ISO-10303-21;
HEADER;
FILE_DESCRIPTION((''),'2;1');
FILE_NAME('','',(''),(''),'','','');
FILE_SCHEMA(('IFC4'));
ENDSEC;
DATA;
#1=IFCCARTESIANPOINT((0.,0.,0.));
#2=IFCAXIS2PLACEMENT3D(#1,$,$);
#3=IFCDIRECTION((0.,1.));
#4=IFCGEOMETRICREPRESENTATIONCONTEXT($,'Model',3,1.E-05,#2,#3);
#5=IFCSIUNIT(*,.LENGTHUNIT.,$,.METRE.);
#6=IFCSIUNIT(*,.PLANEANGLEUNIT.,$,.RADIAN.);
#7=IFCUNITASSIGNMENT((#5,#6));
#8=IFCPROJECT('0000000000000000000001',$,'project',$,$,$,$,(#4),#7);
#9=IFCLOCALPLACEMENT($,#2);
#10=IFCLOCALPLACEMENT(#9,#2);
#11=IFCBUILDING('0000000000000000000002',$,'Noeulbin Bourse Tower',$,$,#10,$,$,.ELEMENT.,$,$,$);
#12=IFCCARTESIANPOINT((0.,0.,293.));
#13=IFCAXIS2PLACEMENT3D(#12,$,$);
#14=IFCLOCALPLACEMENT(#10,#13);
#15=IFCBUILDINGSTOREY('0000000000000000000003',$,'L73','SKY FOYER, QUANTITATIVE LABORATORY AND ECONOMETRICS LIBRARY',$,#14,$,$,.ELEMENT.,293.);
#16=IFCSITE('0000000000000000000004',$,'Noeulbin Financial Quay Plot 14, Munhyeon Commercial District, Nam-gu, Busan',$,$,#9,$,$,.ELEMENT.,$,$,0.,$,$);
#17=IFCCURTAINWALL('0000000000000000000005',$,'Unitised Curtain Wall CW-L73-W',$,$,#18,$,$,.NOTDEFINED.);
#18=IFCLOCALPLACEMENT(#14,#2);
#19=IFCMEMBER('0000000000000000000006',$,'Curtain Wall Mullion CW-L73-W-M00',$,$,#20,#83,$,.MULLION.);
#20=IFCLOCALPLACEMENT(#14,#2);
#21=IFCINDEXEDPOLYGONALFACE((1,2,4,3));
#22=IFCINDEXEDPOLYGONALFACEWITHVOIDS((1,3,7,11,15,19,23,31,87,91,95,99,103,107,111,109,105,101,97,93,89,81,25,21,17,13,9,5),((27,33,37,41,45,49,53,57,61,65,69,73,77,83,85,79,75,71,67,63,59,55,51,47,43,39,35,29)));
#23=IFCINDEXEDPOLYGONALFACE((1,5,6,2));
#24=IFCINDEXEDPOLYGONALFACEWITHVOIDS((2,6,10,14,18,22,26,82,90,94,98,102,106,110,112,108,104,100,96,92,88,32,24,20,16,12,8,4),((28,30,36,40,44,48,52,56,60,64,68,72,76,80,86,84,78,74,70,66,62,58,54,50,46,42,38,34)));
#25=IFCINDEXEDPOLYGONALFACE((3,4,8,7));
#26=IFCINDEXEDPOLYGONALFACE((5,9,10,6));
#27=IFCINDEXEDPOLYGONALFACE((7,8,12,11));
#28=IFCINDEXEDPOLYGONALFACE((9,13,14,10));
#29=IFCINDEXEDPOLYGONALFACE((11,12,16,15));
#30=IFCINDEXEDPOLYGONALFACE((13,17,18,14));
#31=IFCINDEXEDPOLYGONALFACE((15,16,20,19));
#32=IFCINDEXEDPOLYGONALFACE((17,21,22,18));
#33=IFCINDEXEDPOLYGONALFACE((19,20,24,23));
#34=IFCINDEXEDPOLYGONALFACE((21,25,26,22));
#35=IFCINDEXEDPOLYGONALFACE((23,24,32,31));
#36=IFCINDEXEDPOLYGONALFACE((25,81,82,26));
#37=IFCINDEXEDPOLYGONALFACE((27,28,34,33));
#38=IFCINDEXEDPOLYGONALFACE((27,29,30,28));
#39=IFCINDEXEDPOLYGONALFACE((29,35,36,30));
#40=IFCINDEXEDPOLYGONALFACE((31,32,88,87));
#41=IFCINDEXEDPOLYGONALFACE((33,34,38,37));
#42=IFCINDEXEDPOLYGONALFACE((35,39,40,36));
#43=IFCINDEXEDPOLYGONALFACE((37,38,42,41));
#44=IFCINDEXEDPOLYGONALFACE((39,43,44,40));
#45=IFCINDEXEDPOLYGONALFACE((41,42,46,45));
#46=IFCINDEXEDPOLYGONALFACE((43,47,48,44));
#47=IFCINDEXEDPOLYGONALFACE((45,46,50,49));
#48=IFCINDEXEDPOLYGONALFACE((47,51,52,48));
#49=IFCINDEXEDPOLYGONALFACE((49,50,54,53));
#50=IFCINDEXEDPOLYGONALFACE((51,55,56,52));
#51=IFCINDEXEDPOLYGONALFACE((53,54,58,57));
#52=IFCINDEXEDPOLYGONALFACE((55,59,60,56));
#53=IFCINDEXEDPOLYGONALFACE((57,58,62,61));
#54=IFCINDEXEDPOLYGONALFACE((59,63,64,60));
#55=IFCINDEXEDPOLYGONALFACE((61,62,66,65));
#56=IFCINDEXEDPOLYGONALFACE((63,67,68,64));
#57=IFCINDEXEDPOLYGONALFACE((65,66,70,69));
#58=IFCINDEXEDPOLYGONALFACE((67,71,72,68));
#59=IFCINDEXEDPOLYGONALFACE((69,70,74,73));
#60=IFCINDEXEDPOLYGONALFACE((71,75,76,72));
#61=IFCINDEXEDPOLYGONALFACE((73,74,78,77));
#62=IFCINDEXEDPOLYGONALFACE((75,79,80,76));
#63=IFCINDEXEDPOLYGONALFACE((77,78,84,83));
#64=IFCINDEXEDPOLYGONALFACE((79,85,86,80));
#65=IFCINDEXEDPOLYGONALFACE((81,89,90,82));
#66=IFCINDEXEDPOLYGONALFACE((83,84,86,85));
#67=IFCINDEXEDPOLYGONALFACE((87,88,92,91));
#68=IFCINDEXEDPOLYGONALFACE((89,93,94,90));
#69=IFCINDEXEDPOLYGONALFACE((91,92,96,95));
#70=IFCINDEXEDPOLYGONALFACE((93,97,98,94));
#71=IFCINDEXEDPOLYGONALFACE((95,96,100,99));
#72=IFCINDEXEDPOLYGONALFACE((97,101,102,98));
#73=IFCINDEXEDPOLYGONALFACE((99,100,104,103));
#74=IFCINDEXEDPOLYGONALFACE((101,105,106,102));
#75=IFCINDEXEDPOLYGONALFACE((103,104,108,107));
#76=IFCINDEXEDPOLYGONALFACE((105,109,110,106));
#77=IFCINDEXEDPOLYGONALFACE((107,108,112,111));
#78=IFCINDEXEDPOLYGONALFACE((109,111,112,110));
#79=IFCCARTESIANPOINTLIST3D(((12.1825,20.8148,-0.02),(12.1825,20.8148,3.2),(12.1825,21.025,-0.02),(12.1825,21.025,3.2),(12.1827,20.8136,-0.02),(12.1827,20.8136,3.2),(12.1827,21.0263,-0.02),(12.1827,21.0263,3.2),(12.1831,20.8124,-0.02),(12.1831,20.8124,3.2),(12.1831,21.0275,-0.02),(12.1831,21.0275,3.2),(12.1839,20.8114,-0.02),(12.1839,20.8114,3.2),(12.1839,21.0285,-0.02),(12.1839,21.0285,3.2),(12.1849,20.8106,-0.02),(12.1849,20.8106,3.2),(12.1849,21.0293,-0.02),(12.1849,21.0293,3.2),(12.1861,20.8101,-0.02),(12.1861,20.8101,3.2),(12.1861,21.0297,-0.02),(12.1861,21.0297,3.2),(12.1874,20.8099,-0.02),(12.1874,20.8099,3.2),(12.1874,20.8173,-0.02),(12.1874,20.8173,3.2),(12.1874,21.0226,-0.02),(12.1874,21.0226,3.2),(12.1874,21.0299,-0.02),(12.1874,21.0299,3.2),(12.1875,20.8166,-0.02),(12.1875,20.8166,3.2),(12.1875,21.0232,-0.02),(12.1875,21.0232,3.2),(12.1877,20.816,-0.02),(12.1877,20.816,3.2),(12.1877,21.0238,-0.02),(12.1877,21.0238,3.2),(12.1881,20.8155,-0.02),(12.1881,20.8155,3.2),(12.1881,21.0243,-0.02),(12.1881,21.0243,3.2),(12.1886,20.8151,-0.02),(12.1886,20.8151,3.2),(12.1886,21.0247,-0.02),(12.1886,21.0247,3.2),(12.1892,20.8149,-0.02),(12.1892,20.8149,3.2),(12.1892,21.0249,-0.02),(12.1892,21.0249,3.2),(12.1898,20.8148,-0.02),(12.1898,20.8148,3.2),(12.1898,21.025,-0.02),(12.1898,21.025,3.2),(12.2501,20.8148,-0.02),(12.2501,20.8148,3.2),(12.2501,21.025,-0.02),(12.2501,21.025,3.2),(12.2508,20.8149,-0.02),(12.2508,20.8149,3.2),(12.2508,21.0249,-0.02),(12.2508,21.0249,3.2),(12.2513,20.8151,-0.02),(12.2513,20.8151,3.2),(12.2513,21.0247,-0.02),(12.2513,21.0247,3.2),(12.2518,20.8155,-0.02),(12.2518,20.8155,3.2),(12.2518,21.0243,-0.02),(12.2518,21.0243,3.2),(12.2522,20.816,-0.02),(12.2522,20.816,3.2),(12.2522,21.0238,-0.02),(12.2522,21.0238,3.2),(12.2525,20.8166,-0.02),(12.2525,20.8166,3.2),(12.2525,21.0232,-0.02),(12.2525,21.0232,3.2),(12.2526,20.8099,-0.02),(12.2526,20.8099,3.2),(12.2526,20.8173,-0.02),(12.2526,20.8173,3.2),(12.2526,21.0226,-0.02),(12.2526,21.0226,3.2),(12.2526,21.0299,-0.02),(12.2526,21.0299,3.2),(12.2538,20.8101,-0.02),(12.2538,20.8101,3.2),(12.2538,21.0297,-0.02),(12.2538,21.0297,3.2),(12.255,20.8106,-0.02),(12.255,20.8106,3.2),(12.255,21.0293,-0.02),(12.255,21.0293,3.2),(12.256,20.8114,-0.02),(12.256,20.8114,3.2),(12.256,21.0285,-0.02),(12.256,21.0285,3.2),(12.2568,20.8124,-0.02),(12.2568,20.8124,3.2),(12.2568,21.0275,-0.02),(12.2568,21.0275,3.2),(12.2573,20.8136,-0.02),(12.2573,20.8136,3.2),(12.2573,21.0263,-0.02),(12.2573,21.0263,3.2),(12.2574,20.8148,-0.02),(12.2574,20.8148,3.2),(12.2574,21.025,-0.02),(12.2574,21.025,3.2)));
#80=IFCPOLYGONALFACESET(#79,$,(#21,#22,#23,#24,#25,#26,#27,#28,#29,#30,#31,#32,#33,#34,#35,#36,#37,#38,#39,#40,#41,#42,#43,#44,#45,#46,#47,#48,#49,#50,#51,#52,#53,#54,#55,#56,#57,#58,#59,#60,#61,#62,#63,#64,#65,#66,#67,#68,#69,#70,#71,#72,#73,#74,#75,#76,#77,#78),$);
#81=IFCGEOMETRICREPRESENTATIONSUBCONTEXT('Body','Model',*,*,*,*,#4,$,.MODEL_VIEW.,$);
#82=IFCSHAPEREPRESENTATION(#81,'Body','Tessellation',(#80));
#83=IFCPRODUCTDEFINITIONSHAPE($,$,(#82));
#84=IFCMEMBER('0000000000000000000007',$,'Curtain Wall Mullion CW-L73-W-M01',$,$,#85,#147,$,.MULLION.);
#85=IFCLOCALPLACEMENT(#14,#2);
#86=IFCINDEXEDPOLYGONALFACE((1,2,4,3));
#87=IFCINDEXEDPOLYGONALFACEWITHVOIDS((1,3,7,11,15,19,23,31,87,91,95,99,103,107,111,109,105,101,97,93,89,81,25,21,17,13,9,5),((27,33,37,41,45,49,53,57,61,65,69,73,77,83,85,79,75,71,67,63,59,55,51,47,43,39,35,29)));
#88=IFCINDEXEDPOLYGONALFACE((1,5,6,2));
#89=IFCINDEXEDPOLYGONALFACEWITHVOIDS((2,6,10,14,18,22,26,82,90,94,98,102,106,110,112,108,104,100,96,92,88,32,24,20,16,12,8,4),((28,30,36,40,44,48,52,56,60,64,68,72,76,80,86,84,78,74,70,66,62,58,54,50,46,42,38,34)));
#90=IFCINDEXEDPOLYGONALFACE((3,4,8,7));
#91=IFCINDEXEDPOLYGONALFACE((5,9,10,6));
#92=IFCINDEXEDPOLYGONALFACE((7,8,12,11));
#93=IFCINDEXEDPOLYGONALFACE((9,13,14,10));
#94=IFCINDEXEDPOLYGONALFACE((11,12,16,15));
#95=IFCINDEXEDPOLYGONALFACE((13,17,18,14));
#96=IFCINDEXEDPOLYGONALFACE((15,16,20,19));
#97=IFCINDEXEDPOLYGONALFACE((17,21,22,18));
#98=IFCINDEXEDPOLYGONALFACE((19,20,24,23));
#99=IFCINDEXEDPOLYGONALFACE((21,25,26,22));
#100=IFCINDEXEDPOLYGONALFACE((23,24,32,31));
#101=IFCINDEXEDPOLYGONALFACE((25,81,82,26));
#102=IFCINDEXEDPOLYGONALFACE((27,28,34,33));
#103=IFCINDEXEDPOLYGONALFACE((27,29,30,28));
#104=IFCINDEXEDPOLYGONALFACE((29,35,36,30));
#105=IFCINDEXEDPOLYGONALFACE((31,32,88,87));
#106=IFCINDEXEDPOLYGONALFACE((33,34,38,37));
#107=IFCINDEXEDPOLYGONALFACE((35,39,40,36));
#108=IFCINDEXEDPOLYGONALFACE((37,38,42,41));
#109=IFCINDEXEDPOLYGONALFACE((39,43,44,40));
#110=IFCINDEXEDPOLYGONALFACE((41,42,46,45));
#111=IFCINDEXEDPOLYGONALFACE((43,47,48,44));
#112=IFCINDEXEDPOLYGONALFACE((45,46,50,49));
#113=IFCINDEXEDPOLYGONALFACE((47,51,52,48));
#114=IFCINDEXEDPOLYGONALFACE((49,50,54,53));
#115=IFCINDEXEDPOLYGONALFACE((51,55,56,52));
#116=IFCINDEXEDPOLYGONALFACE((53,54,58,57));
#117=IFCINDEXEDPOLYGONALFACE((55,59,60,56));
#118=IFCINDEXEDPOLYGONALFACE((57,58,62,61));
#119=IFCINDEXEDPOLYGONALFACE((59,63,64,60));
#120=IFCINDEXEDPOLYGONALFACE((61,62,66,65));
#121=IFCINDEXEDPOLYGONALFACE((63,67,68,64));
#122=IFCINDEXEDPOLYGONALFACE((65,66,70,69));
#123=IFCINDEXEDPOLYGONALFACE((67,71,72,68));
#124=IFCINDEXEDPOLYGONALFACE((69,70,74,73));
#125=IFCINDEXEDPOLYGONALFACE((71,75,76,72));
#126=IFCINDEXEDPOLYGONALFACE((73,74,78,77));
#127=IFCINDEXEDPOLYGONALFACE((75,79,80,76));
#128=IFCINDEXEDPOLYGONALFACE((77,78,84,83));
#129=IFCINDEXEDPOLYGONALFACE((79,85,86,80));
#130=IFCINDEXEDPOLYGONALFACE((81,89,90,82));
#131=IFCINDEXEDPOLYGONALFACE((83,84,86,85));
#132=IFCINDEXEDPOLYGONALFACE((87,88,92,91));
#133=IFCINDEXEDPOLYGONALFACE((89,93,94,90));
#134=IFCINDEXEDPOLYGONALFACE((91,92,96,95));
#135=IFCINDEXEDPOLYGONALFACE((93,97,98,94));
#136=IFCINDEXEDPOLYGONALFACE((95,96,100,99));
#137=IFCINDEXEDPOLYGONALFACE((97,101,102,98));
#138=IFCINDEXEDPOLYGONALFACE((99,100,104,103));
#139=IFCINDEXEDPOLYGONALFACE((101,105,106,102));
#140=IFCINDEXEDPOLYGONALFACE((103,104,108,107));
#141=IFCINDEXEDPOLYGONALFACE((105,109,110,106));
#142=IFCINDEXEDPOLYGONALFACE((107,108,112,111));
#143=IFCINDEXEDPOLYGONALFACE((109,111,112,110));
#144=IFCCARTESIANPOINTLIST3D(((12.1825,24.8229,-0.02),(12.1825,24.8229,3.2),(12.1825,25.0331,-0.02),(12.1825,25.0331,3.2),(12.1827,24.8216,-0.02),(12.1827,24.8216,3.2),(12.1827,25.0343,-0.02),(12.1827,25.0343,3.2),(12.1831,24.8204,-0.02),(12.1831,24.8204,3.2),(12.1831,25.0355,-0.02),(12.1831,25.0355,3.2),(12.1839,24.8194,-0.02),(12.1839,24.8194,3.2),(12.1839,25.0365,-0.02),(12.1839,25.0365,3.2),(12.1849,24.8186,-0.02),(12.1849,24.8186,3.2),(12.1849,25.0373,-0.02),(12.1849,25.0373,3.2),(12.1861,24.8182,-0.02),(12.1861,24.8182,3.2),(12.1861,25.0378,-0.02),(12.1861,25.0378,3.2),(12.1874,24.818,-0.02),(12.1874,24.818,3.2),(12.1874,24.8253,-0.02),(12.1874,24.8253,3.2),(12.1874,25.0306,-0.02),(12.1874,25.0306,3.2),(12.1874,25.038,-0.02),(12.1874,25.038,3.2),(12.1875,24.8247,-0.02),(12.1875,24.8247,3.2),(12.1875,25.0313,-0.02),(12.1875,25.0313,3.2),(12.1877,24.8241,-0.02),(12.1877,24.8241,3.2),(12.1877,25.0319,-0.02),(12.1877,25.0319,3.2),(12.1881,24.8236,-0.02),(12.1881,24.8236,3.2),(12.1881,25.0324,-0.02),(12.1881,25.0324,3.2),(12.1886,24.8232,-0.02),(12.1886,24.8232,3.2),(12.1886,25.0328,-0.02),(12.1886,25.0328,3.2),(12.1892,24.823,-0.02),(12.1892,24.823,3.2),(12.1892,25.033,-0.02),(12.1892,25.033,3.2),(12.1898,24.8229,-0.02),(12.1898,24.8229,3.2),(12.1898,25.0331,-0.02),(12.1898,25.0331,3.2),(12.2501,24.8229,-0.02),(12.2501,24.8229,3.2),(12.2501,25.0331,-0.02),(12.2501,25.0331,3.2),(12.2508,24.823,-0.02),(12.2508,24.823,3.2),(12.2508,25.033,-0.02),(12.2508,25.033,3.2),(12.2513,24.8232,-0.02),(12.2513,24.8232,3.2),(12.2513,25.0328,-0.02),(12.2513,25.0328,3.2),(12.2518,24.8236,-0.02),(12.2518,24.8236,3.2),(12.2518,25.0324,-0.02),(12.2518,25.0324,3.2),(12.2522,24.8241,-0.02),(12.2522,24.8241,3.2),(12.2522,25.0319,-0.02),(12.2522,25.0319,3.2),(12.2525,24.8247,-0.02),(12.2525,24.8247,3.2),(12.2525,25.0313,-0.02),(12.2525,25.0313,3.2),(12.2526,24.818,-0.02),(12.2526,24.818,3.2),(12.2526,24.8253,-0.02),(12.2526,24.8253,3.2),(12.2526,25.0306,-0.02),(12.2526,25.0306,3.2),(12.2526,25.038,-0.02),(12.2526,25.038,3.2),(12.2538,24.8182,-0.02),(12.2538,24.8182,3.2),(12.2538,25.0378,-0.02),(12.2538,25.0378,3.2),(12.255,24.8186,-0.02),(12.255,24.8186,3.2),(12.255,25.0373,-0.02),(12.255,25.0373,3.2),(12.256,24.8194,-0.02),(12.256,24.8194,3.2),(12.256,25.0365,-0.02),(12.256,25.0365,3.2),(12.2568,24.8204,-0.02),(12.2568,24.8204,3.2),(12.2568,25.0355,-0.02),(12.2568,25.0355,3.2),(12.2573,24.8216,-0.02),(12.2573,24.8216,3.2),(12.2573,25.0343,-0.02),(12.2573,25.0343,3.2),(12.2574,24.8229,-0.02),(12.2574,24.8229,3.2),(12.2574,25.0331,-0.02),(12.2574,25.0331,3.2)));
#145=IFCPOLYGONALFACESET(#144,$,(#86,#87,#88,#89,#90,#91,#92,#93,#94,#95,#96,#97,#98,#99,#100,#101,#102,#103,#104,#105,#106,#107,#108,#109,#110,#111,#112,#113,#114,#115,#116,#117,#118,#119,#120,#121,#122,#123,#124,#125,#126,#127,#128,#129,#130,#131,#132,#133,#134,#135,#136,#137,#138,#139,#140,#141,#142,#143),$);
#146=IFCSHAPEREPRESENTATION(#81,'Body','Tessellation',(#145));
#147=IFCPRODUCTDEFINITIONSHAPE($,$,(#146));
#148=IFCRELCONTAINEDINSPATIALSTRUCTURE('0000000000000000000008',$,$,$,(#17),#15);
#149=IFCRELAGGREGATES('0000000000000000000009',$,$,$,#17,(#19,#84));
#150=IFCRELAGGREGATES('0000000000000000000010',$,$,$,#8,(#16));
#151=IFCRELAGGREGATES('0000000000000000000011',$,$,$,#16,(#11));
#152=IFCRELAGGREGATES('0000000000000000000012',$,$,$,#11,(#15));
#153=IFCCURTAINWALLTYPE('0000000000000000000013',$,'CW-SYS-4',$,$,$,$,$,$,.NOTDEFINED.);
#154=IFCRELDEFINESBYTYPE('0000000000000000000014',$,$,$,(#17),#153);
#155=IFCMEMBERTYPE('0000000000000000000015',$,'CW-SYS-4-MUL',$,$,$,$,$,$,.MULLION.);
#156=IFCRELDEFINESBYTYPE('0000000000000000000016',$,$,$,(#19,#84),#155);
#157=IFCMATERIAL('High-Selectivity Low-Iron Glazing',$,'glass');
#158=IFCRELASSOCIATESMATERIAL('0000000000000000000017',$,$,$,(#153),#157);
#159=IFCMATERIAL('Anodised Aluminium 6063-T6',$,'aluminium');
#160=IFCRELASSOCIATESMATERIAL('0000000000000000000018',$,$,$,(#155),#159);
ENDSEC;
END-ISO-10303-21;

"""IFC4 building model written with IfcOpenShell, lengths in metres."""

from ifc_helpers import new_model, si_unit, direction, frame, origin, origin_2d, place, context, subcontext, project, spatial, hollow_rectangle, extrude, material, material_profile, profile_set, type_object, element, aggregate, save


model = new_model("IFC4")

# Units and contexts
model_context = context("Model", 3, precision=1e-05, world=origin(), true_north=direction((0.0, 1.0)))
body_context = subcontext(model_context, "Body", "Model", "MODEL_VIEW")
ifc_project = project(units=[si_unit("LENGTHUNIT", "METRE"), si_unit("PLANEANGLEUNIT", "RADIAN")], contexts=[model_context])

# Site, building, storey
site_placement = place(None, origin())
site = spatial("IfcSite", under=ifc_project, at=site_placement, Name="Noeulbin Financial Quay Plot 14, Munhyeon Commercial District, Nam-gu, Busan", CompositionType="ELEMENT", RefElevation=0.0)
building_placement = place(site_placement, origin())
building = spatial("IfcBuilding", under=site, at=building_placement, Name="Noeulbin Bourse Tower", CompositionType="ELEMENT")
storey_placement = place(building_placement, frame((0.0, 0.0, 293.0)))
storey = spatial("IfcBuildingStorey", under=building, at=storey_placement, Name="L73", Description="SKY FOYER, QUANTITATIVE LABORATORY AND ECONOMETRICS LIBRARY", CompositionType="ELEMENT", Elevation=293.0)

# Curtain wall, members
ifc_material_1 = material(Name="High-Selectivity Low-Iron Glazing", Category="glass")
curtain_wall_type = type_object("IfcCurtainWallType", Name="CW-SYS-4", PredefinedType="NOTDEFINED", material=ifc_material_1)
curtain_wall_placement = place(storey_placement, origin())
curtain_wall = element("IfcCurtainWall", 1, at=curtain_wall_placement, inside=storey, type_object=curtain_wall_type, Name="Unitised Curtain Wall CW-L73-W", PredefinedType="NOTDEFINED")
ifc_material_2 = material(Name="Anodised Aluminium 6063-T6", Category="aluminium")
ifc_material_profile_1 = material_profile(ifc_material_2, hollow_rectangle(XDim=0.075, YDim=0.22, WallThickness=0.0049, InnerFilletRadius=0.0024, OuterFilletRadius=0.0049, at=origin_2d()), Name="ALU-MULL-75x220x5", Category="LoadBearing")
ifc_profile_set_1 = profile_set([ifc_material_profile_1], Name="Anodised Aluminium 6063-T6")
member_type_1 = type_object("IfcMemberType", Name="CW-SYS-4-MUL", PredefinedType="MULLION", material=ifc_profile_set_1)
member_1_placement = place(storey_placement, frame((12.22, 20.9199, -0.02), z_axis=(0.0, 0.0, 1.0), x_axis=(1.0, 0.0, 0.0)))
member_1 = element("IfcMember", 2, at=member_1_placement, type_object=member_type_1, Name="Curtain Wall Mullion CW-L73-W-M00", PredefinedType="MULLION", context=body_context, shape_type="SweptSolid", body=[
    extrude(hollow_rectangle(XDim=0.075, YDim=0.22, WallThickness=0.0049, InnerFilletRadius=0.0024, OuterFilletRadius=0.0049, at=origin_2d()), origin(), (0.0, 0.0, 1.0), 3.22),
])
member_2_placement = place(storey_placement, frame((12.22, 24.928, -0.02), z_axis=(0.0, 0.0, 1.0), x_axis=(1.0, 0.0, 0.0)))
member_2 = element("IfcMember", 3, at=member_2_placement, type_object=member_type_1, Name="Curtain Wall Mullion CW-L73-W-M01", PredefinedType="MULLION", context=body_context, shape_type="SweptSolid", body=[
    extrude(hollow_rectangle(XDim=0.075, YDim=0.22, WallThickness=0.0049, InnerFilletRadius=0.0024, OuterFilletRadius=0.0049, at=origin_2d()), origin(), (0.0, 0.0, 1.0), 3.22),
])
aggregate(curtain_wall, [member_1, member_2])

save(model, "model.ifc")
